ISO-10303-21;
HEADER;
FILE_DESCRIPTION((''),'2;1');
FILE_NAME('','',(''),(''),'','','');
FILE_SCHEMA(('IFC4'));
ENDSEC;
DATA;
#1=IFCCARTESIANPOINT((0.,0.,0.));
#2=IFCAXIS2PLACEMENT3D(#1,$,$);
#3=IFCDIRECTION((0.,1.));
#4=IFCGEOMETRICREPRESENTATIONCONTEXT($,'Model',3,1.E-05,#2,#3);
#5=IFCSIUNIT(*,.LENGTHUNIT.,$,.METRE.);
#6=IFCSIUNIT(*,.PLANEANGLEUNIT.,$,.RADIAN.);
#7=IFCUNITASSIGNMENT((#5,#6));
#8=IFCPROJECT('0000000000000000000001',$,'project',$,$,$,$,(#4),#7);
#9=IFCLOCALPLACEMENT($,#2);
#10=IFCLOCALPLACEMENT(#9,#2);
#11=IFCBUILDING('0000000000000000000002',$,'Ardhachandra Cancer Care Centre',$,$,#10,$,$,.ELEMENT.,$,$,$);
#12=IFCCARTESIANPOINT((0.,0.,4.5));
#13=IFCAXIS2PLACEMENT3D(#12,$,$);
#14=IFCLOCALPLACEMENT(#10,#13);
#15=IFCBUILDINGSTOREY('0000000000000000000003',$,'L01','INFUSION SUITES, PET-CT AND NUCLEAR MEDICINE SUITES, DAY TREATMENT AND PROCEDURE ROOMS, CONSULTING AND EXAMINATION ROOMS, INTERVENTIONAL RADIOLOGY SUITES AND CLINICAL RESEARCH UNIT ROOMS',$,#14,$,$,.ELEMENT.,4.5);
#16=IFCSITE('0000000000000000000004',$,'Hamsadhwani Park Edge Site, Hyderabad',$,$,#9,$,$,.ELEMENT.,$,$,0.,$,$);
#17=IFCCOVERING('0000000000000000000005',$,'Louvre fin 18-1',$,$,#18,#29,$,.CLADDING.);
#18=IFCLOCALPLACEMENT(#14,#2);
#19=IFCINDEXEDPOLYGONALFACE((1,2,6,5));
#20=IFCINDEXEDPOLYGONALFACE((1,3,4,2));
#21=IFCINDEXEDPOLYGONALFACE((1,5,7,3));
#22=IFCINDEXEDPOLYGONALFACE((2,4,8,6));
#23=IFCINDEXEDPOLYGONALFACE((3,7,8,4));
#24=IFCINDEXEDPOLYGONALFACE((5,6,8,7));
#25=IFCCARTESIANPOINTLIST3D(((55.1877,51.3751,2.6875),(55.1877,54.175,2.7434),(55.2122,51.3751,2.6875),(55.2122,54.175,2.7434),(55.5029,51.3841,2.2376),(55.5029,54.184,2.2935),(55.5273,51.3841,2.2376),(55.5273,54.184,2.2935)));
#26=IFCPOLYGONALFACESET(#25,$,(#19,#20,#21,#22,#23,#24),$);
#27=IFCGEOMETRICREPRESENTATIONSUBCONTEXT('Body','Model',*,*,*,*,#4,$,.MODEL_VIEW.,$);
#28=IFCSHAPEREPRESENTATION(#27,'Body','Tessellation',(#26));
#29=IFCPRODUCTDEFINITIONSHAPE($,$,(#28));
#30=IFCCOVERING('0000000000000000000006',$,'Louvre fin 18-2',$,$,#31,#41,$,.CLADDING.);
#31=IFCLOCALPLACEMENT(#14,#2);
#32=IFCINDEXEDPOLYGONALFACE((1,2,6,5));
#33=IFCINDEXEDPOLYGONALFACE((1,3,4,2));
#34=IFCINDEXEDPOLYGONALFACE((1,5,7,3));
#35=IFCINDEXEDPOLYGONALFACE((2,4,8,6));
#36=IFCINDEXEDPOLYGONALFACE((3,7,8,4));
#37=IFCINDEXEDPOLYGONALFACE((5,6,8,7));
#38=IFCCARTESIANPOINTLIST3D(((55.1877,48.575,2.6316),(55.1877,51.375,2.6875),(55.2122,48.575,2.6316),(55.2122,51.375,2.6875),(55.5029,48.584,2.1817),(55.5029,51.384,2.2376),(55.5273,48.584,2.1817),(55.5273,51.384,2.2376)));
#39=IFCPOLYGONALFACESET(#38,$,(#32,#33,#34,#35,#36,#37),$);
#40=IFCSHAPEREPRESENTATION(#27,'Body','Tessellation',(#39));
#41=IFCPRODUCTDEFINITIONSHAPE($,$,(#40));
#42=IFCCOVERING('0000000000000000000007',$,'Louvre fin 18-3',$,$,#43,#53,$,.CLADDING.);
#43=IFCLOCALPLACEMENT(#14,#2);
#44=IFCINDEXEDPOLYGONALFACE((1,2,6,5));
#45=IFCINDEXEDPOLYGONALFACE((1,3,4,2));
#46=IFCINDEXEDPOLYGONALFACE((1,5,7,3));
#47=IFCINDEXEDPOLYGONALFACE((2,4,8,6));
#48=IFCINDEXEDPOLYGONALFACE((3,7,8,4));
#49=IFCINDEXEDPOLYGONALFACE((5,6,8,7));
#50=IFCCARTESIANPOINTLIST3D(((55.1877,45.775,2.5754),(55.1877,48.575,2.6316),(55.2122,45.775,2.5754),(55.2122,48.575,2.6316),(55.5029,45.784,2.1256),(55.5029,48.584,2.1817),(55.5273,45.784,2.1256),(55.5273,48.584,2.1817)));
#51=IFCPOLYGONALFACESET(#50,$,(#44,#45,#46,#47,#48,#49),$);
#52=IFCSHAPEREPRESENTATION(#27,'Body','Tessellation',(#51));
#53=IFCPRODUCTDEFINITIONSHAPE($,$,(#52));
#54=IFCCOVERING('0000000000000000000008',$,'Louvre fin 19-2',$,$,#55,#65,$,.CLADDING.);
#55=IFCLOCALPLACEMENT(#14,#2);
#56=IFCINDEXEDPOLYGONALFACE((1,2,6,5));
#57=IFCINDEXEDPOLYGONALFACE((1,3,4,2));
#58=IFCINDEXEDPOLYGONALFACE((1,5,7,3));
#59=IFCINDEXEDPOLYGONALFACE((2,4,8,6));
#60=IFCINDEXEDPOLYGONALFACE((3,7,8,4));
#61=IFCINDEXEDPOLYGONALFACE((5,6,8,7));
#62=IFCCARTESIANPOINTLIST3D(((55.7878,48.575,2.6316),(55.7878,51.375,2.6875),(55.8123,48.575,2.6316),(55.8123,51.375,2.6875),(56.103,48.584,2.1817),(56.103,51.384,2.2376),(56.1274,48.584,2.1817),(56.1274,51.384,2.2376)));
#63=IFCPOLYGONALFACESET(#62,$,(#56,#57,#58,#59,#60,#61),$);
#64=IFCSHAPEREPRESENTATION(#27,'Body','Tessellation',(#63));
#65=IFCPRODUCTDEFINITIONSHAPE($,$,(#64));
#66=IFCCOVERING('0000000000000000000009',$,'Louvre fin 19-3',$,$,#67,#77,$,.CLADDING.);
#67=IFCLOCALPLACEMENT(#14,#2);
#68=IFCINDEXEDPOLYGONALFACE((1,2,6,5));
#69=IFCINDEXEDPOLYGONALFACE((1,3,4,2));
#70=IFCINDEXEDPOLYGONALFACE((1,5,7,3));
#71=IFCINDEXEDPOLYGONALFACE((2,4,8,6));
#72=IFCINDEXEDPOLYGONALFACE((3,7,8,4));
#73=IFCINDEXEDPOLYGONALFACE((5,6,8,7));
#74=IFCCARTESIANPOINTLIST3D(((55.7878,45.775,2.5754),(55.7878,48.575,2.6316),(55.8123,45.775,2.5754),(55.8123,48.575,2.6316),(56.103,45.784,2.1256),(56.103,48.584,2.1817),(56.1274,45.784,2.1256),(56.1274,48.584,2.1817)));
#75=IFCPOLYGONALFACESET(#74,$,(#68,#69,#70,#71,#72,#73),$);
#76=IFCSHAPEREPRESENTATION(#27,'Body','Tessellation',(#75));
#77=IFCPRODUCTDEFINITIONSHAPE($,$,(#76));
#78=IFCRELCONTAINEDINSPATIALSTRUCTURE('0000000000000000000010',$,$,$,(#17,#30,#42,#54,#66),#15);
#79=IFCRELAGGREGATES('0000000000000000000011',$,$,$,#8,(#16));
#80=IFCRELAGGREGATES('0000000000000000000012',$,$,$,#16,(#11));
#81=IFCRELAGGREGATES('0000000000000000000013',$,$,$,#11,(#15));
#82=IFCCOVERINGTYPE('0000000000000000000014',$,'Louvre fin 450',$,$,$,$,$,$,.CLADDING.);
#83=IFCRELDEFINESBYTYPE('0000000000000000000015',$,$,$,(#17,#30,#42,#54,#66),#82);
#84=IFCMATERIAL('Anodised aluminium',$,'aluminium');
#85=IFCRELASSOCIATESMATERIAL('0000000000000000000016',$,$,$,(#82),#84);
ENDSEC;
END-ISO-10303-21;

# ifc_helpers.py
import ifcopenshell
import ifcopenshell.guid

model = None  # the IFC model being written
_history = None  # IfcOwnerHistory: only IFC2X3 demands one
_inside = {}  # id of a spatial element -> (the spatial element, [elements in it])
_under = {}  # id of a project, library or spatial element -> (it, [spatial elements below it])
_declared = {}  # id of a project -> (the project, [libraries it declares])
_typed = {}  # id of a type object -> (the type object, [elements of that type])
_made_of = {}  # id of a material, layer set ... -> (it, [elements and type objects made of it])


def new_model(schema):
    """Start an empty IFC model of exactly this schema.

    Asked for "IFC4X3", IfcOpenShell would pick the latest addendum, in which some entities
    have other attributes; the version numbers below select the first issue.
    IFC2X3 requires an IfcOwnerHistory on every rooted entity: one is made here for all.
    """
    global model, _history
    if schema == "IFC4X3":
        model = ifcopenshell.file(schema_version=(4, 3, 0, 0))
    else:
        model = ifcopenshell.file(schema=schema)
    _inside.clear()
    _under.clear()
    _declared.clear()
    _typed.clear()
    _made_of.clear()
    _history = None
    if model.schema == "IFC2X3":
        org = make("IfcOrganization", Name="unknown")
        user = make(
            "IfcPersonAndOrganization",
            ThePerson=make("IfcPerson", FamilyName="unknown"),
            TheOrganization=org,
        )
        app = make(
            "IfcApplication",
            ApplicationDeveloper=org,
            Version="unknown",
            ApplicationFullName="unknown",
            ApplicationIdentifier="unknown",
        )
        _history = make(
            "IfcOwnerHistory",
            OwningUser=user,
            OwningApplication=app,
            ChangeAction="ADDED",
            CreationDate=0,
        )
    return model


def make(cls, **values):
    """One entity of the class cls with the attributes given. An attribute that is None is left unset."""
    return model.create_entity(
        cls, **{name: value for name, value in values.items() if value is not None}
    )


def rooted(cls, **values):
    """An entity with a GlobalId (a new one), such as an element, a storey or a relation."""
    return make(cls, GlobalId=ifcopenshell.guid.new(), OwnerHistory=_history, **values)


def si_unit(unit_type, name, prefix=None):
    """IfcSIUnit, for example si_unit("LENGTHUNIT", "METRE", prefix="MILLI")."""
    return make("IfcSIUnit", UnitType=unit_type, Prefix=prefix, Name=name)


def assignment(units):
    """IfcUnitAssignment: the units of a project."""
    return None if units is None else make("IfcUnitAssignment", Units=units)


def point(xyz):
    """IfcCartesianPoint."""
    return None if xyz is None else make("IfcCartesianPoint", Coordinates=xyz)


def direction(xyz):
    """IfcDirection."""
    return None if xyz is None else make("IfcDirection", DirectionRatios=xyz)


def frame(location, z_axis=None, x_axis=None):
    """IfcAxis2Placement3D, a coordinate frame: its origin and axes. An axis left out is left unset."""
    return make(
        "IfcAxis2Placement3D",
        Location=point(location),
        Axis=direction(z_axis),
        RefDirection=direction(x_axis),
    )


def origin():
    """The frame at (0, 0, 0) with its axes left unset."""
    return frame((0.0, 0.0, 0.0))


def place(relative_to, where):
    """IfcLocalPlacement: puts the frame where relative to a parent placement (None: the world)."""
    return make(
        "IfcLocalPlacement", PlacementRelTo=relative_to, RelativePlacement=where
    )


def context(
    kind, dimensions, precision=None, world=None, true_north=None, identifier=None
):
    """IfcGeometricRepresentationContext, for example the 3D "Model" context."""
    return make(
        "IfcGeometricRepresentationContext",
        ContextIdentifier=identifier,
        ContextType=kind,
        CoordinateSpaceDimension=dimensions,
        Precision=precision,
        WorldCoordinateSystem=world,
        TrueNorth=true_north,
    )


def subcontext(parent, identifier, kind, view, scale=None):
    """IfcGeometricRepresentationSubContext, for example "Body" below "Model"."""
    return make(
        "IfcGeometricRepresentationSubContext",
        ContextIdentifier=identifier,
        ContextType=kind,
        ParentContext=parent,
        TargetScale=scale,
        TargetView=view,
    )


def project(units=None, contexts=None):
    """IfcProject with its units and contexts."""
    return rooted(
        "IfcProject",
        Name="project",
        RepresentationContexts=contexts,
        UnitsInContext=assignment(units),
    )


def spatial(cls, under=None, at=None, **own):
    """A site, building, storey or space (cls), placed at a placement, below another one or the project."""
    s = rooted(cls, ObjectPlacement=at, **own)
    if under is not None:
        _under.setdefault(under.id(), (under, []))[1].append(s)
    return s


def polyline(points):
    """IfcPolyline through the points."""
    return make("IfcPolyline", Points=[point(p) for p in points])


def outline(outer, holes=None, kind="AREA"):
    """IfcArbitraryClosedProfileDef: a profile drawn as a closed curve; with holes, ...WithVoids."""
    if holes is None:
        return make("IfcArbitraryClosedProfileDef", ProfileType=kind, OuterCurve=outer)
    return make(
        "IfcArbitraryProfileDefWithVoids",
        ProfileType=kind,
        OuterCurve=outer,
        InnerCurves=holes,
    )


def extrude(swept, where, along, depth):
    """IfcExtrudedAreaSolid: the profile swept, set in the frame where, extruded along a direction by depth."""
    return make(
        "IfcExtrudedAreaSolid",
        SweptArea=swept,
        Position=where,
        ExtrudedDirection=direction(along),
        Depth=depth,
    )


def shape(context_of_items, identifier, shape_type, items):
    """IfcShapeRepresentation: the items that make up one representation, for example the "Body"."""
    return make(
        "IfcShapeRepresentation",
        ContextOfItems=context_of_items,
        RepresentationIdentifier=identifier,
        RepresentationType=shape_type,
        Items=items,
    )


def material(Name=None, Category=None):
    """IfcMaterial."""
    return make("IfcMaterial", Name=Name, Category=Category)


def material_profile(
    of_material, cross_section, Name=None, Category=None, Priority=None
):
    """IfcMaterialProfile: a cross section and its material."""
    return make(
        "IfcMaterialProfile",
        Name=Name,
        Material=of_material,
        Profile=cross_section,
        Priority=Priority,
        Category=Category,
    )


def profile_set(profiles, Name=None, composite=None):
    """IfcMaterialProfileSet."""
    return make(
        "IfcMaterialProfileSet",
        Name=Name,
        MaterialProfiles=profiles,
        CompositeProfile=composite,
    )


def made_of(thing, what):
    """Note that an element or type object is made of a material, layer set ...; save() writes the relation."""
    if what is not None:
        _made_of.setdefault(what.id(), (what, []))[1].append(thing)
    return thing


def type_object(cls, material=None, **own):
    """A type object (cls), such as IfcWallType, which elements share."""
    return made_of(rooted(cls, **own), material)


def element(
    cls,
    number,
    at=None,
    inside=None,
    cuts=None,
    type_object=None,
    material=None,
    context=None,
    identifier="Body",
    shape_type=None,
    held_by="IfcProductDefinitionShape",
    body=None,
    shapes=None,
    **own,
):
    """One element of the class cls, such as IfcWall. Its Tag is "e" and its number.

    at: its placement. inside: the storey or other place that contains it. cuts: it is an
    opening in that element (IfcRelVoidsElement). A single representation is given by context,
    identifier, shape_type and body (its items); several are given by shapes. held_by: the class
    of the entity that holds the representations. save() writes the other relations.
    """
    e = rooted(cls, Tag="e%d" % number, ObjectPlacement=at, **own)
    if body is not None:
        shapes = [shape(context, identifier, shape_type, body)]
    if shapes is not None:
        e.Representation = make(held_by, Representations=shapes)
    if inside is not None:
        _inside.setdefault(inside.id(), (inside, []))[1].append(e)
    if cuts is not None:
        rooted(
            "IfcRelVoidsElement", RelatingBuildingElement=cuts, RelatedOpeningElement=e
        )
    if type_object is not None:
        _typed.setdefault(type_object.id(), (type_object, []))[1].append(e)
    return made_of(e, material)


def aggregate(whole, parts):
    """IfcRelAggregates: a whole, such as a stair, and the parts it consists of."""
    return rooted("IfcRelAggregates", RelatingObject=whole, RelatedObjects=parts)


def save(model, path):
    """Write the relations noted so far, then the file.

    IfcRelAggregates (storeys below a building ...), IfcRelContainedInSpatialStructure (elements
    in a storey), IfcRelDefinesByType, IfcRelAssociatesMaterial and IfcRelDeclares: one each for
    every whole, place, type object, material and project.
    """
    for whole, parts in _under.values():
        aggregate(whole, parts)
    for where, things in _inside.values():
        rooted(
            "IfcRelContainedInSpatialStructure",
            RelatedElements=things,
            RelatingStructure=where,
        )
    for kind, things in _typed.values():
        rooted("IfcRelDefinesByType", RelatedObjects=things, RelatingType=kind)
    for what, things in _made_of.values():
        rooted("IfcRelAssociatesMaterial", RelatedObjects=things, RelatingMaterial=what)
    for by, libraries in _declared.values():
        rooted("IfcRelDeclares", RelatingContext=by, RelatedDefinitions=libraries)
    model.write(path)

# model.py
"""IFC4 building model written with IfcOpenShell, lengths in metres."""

from ifc_helpers import new_model, si_unit, direction, frame, origin, place, context, subcontext, project, spatial, polyline, outline, extrude, material, material_profile, profile_set, type_object, element, save


model = new_model("IFC4")

# Units and contexts
model_context = context("Model", 3, precision=1e-05, world=origin(), true_north=direction((0.0, 1.0)))
body_context = subcontext(model_context, "Body", "Model", "MODEL_VIEW")
ifc_project = project(units=[si_unit("LENGTHUNIT", "METRE"), si_unit("PLANEANGLEUNIT", "RADIAN")], contexts=[model_context])

# Site, building, storey
site_placement = place(None, origin())
site = spatial("IfcSite", under=ifc_project, at=site_placement, Name="Hamsadhwani Park Edge Site, Hyderabad", CompositionType="ELEMENT", RefElevation=0.0)
building_placement = place(site_placement, origin())
building = spatial("IfcBuilding", under=site, at=building_placement, Name="Ardhachandra Cancer Care Centre", CompositionType="ELEMENT")
storey_placement = place(building_placement, frame((0.0, 0.0, 4.5)))
storey = spatial("IfcBuildingStorey", under=building, at=storey_placement, Name="L01", Description="INFUSION SUITES, PET-CT AND NUCLEAR MEDICINE SUITES, DAY TREATMENT AND PROCEDURE ROOMS, CONSULTING AND EXAMINATION ROOMS, INTERVENTIONAL RADIOLOGY SUITES AND CLINICAL RESEARCH UNIT ROOMS", CompositionType="ELEMENT", Elevation=4.5)

# Coverings
ifc_material_1 = material(Name="Anodised aluminium", Category="aluminium")
ifc_material_profile_1 = material_profile(ifc_material_1, outline(polyline([(-0.0122, 0.0), (0.0122, 0.0), (0.3274, -0.45), (0.303, -0.45), (-0.0122, 0.0)])), Name="Louvre fin 450")
ifc_profile_set_1 = profile_set([ifc_material_profile_1], Name="Anodised aluminium")
covering_type = type_object("IfcCoveringType", Name="Louvre fin 450", PredefinedType="CLADDING", material=ifc_profile_set_1)
for number, where, z_axis, x_axis, name in (
    (1, (55.2, 54.175, 2.7434), (0.0, -0.999801, -0.019963), (1.0, 0.0, 0.0), "Louvre fin 18-1"),
    (2, (55.2, 51.375, 2.6875), (0.0, -0.999801, -0.019963), (1.0, 0.0, 0.0), "Louvre fin 18-2"),
    (3, (55.2, 48.575, 2.6316), (0.0, -0.999799, -0.02005), (1.0, 0.0, 0.0), "Louvre fin 18-3"),
    (4, (55.8, 51.375, 2.6875), (0.0, -0.999801, -0.019963), (1.0, 0.0, 0.0), "Louvre fin 19-2"),
    (5, (55.8, 48.575, 2.6316), (0.0, -0.999799, -0.02005), (1.0, 0.0, 0.0), "Louvre fin 19-3"),
):
    element("IfcCovering", number, at=place(storey_placement, frame(where, z_axis=z_axis, x_axis=x_axis)), inside=storey, type_object=covering_type, Name=name, PredefinedType="CLADDING", context=body_context, shape_type="SweptSolid", body=[
        extrude(outline(polyline([(-0.0122, 0.0), (0.0122, 0.0), (0.3274, -0.45), (0.303, -0.45), (-0.0122, 0.0)])), origin(), (0.0, 0.0, 1.0), 2.8005),
    ])

save(model, "model.ifc")
